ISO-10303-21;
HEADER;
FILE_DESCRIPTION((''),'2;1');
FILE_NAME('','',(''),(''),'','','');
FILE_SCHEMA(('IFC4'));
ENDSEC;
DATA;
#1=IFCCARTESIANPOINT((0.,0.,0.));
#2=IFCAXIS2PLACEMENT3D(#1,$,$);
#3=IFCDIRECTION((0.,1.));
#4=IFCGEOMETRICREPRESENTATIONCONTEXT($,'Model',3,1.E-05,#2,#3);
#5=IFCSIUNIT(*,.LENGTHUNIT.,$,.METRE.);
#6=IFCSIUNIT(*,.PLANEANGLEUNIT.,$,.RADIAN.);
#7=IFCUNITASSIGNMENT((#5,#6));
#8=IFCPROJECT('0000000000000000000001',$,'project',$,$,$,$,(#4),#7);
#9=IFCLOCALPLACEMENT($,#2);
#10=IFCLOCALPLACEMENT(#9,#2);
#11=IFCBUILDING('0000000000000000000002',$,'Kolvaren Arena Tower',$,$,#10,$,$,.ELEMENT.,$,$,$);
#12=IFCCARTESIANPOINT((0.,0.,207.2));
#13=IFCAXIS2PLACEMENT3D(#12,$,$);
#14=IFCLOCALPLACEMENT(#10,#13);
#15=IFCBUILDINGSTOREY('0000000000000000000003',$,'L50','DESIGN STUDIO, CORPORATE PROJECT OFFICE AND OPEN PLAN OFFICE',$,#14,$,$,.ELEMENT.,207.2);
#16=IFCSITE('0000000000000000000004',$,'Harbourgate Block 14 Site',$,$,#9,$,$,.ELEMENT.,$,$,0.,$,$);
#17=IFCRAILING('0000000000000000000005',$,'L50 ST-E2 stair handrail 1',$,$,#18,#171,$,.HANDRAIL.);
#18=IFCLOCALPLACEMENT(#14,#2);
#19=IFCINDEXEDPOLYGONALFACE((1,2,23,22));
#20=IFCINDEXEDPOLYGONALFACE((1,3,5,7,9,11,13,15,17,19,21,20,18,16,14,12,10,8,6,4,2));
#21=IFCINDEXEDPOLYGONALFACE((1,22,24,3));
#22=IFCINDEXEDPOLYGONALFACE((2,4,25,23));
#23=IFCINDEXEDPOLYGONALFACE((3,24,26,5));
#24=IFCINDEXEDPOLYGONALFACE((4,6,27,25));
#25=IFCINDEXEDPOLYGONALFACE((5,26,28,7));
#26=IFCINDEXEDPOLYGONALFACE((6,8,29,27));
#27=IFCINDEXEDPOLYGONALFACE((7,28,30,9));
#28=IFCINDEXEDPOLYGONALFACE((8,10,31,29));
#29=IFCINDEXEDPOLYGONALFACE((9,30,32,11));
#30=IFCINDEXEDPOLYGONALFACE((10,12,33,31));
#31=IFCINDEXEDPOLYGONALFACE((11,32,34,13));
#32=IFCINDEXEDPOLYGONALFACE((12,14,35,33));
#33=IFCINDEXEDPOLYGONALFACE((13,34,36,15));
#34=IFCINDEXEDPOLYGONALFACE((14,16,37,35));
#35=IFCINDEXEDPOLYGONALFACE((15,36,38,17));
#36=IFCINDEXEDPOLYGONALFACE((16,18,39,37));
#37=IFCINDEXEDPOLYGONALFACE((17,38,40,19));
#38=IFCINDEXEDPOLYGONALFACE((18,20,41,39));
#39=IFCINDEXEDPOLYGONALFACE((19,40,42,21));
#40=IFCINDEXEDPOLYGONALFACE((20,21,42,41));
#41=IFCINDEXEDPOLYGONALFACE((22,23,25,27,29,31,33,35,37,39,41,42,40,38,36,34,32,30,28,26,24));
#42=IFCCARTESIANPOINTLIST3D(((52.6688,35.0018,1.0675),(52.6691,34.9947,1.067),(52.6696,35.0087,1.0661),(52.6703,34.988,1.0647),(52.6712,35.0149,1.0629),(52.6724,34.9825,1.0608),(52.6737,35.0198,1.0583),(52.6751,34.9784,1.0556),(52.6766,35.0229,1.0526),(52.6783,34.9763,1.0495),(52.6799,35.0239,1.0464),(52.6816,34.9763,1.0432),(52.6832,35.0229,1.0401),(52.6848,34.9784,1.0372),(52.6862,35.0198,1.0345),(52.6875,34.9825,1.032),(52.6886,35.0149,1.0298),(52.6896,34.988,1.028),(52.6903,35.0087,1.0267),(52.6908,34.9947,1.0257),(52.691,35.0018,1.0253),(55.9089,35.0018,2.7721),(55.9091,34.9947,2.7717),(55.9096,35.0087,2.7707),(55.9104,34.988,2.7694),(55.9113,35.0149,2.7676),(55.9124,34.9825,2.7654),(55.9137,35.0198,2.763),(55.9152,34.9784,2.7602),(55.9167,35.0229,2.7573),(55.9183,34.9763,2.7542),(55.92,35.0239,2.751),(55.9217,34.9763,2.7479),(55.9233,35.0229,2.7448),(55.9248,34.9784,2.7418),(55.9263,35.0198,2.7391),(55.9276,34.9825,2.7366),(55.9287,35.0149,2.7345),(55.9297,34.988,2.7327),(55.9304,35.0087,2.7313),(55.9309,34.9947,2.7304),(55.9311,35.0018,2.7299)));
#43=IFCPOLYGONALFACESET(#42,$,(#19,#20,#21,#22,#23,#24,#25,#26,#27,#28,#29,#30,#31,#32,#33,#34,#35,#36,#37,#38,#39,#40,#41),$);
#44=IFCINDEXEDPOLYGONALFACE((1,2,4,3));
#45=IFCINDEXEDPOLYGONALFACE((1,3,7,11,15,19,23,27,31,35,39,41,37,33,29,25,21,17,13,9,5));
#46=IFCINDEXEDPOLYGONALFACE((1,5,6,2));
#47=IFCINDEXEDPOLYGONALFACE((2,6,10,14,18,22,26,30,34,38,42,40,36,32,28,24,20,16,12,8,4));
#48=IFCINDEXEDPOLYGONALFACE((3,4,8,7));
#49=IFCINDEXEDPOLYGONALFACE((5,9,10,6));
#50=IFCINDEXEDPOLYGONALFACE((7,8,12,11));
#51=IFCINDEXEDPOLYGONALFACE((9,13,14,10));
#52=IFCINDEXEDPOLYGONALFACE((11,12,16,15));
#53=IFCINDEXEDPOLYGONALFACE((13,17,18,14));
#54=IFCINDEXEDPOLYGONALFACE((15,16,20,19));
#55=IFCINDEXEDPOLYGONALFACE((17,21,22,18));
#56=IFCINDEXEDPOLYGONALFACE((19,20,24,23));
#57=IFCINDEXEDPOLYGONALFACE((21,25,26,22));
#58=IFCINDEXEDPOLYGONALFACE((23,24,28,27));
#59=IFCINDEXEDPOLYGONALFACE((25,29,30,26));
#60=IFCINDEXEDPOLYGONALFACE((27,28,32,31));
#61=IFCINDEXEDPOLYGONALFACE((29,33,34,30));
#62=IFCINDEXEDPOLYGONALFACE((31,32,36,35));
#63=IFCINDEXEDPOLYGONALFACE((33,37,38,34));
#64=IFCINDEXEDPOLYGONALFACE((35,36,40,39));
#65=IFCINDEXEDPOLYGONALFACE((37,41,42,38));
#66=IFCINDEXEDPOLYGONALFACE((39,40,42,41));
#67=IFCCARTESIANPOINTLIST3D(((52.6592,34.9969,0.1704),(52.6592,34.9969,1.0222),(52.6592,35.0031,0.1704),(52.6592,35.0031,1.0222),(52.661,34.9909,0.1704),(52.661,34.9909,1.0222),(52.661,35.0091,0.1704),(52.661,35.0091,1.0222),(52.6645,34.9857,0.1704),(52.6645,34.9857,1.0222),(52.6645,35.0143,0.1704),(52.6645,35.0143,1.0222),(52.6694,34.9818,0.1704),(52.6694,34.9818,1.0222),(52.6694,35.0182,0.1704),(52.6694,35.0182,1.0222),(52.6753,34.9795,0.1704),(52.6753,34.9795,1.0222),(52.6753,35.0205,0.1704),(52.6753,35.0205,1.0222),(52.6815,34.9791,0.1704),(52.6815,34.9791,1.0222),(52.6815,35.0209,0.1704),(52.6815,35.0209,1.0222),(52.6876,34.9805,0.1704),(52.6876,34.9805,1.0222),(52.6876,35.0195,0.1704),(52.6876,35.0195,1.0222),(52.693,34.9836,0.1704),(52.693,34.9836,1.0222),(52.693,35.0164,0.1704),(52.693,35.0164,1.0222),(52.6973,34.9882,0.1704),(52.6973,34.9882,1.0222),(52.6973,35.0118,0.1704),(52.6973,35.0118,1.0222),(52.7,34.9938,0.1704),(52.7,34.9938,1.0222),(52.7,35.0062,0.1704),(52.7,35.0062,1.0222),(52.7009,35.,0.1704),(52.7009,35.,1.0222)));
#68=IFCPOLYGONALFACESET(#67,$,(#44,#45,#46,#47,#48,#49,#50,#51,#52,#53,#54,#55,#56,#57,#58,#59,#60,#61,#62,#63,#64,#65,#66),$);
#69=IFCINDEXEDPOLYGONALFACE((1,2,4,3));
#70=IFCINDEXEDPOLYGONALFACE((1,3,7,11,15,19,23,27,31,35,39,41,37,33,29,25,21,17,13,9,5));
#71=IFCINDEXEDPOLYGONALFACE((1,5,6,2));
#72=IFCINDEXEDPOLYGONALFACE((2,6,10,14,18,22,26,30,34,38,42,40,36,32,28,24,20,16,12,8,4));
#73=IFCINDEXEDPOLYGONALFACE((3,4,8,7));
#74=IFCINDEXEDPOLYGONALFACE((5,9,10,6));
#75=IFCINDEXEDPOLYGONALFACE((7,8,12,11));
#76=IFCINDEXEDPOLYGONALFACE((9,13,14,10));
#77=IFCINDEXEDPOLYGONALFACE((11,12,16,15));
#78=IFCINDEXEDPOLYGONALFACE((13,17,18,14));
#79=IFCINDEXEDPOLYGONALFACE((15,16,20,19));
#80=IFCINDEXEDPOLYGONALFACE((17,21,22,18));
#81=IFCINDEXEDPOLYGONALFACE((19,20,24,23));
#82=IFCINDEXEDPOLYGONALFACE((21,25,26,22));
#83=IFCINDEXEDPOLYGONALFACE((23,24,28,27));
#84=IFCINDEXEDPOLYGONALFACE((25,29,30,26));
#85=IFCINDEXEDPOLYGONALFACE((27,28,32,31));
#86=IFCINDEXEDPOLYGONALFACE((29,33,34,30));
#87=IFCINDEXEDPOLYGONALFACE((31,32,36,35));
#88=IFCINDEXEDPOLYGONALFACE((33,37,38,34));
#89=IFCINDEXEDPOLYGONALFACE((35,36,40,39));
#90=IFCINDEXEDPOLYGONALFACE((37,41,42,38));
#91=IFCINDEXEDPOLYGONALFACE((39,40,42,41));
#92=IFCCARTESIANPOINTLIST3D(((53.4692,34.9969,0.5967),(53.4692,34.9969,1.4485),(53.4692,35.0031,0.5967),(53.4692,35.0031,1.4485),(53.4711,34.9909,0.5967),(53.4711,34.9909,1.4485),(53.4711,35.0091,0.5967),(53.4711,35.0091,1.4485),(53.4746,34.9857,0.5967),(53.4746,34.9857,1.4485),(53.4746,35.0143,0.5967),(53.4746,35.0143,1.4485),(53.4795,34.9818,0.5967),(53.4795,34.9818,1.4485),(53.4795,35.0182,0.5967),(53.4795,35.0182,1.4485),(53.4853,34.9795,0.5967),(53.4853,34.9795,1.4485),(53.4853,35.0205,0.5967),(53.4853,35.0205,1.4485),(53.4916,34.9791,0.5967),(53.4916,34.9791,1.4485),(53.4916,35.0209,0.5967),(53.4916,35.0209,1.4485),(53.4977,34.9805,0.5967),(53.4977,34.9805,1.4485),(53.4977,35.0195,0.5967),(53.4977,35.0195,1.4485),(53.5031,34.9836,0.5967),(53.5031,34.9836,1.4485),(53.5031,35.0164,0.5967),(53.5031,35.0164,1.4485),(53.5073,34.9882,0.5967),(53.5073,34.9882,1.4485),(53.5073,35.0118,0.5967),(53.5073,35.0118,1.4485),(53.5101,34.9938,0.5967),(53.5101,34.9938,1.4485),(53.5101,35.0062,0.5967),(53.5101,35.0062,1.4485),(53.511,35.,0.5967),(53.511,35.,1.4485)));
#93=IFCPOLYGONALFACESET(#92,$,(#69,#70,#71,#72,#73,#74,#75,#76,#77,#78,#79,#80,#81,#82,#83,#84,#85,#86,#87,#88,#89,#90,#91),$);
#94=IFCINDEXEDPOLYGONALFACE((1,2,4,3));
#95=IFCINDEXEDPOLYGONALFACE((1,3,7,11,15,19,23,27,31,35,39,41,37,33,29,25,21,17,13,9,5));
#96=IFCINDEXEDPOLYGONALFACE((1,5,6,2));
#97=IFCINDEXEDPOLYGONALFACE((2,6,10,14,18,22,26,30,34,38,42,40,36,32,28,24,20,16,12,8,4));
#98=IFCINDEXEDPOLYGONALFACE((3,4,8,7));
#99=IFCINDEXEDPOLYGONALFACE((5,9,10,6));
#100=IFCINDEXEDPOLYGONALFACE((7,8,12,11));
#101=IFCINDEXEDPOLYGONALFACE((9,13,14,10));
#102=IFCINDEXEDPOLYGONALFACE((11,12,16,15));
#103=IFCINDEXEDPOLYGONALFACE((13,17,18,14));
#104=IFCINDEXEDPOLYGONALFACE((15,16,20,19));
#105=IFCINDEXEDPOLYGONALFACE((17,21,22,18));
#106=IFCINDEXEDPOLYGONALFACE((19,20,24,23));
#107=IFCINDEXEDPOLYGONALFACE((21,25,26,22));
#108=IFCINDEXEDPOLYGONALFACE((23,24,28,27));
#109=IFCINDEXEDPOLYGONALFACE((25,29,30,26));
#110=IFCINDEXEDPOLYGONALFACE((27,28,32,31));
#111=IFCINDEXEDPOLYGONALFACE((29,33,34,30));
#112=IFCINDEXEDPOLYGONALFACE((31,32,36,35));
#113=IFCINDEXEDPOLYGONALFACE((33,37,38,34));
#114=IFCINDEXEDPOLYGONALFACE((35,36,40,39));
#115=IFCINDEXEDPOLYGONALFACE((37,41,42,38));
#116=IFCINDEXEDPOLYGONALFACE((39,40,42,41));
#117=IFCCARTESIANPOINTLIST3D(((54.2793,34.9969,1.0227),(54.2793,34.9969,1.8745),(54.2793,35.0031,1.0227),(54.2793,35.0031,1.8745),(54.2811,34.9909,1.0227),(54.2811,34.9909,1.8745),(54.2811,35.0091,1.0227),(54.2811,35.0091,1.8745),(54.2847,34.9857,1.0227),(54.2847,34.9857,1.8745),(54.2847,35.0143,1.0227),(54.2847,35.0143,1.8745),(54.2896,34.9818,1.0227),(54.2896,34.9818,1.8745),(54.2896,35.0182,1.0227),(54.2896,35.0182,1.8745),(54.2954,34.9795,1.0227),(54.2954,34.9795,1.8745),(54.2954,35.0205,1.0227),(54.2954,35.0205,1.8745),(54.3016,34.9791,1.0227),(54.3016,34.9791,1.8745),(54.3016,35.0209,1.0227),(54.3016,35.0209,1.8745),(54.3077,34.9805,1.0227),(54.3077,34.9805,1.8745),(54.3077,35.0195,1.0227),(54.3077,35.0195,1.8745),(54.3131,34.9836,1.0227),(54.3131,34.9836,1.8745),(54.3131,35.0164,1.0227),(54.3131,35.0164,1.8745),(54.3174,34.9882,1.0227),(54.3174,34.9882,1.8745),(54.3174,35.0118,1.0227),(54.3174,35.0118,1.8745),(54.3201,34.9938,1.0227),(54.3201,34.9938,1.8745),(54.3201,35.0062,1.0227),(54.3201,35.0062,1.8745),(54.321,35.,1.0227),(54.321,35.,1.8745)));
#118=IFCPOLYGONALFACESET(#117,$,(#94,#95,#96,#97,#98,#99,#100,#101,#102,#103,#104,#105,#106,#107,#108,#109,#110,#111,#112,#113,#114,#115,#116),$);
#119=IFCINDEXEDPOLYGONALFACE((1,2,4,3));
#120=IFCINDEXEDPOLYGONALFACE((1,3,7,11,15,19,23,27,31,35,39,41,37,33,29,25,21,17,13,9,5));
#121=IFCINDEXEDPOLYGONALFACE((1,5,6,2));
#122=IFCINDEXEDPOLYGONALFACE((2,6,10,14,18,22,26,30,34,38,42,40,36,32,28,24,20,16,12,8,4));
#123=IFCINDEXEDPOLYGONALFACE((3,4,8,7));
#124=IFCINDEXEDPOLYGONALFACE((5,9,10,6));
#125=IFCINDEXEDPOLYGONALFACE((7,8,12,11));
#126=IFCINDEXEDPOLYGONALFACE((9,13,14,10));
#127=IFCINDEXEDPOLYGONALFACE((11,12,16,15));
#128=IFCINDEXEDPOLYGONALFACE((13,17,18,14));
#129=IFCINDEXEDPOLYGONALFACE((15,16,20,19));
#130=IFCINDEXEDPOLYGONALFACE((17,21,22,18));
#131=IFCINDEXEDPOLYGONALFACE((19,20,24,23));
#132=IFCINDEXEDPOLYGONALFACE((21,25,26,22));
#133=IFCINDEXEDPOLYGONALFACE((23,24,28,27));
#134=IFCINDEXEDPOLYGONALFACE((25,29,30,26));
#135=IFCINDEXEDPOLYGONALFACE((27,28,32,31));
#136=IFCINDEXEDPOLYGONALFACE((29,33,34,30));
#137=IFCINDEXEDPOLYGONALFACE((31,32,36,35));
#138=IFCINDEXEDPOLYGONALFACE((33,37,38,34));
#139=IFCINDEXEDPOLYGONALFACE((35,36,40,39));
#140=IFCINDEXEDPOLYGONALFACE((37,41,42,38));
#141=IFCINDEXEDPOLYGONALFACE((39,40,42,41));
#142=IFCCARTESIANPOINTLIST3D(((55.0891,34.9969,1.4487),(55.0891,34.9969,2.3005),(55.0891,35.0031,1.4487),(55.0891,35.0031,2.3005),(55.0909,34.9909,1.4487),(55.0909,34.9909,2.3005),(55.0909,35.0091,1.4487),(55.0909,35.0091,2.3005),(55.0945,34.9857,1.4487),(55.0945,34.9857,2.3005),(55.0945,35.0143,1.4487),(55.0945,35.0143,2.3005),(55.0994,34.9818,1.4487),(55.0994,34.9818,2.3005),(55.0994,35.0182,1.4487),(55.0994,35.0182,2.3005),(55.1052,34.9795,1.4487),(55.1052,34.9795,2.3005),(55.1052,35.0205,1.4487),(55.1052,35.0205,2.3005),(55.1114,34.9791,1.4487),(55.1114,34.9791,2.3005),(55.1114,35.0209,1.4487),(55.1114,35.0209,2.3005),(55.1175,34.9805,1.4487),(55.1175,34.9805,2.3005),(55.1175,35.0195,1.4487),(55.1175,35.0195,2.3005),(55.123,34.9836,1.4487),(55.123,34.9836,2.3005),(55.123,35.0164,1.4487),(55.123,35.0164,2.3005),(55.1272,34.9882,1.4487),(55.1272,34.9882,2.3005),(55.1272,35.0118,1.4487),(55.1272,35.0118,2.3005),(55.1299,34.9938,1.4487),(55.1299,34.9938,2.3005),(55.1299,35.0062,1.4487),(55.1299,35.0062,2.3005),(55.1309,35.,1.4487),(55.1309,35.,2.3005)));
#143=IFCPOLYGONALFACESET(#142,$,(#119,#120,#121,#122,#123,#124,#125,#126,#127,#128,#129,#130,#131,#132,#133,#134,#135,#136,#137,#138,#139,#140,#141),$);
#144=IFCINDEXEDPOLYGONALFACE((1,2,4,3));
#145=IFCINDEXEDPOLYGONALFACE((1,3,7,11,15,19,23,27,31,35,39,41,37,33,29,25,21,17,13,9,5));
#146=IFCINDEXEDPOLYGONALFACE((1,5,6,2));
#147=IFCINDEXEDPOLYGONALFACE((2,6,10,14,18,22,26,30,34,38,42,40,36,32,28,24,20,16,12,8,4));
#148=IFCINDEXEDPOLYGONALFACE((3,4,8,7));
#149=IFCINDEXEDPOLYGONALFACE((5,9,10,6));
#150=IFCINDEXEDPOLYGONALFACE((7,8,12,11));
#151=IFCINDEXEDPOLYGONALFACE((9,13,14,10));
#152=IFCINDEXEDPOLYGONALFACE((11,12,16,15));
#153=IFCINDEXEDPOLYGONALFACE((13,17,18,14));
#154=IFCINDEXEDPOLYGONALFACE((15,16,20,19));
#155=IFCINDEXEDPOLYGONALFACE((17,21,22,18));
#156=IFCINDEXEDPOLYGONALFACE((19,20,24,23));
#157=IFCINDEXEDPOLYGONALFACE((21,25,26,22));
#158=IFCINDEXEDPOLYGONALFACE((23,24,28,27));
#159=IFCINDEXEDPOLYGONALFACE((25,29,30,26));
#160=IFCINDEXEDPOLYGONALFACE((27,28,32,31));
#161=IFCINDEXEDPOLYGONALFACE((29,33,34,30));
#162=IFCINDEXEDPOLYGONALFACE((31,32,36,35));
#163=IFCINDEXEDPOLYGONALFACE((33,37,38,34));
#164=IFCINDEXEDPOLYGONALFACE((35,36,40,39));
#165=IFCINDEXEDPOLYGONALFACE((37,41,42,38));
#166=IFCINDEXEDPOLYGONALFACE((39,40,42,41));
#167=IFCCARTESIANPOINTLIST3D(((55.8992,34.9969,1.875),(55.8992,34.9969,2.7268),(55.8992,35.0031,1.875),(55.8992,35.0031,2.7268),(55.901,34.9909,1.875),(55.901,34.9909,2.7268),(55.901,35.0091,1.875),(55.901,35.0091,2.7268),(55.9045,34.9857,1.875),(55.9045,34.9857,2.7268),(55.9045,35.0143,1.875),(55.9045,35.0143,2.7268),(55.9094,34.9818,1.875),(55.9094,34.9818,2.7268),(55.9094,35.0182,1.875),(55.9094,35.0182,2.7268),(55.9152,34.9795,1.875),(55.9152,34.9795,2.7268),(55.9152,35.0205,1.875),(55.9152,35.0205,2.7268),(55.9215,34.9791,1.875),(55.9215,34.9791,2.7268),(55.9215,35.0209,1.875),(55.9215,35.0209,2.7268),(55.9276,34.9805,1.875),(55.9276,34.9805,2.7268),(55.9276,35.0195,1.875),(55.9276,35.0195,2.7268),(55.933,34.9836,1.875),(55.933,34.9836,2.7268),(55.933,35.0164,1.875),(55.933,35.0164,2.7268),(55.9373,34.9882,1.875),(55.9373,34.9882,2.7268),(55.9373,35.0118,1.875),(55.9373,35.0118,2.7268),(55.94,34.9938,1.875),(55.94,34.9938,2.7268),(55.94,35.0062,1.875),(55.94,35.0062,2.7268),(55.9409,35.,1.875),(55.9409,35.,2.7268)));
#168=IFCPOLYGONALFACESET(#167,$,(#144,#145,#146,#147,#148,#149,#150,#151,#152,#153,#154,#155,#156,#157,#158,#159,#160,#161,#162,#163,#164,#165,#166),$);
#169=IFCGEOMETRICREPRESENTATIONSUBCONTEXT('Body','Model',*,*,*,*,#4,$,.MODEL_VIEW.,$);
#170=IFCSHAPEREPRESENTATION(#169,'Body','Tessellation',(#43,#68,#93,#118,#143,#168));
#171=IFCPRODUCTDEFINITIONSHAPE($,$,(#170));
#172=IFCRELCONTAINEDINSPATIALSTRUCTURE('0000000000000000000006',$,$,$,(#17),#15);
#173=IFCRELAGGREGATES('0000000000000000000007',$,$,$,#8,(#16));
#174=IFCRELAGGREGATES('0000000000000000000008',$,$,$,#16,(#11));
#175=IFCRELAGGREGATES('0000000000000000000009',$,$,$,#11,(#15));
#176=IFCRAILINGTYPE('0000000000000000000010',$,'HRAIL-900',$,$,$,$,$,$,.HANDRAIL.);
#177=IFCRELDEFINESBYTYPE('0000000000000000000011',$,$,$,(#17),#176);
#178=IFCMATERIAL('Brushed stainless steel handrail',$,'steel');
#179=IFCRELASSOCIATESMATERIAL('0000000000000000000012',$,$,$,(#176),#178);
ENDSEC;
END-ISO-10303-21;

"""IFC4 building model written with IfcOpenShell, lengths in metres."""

from ifc_helpers import new_model, si_unit, direction, frame, origin, origin_2d, place, context, subcontext, project, spatial, circle, extrude, material, type_object, element, save


model = new_model("IFC4")

# Units and contexts
model_context = context("Model", 3, precision=1e-05, world=origin(), true_north=direction((0.0, 1.0)))
body_context = subcontext(model_context, "Body", "Model", "MODEL_VIEW")
ifc_project = project(units=[si_unit("LENGTHUNIT", "METRE"), si_unit("PLANEANGLEUNIT", "RADIAN")], contexts=[model_context])

# Site, building, storey
site_placement = place(None, origin())
site = spatial("IfcSite", under=ifc_project, at=site_placement, Name="Harbourgate Block 14 Site", CompositionType="ELEMENT", RefElevation=0.0)
building_placement = place(site_placement, origin())
building = spatial("IfcBuilding", under=site, at=building_placement, Name="Kolvaren Arena Tower", CompositionType="ELEMENT")
storey_placement = place(building_placement, frame((0.0, 0.0, 207.2)))
storey = spatial("IfcBuildingStorey", under=building, at=storey_placement, Name="L50", Description="DESIGN STUDIO, CORPORATE PROJECT OFFICE AND OPEN PLAN OFFICE", CompositionType="ELEMENT", Elevation=207.2)

# Railing
ifc_material_1 = material(Name="Brushed stainless steel handrail", Category="steel")
railing_type_1 = type_object("IfcRailingType", Name="HRAIL-900", PredefinedType="HANDRAIL", material=ifc_material_1)
railing_1_placement = place(storey_placement, frame((52.6799, 35.0, 0.1704)))
element("IfcRailing", 1, at=railing_1_placement, inside=storey, type_object=railing_type_1, Name="L50 ST-E2 stair handrail 1", PredefinedType="HANDRAIL", context=body_context, shape_type="SweptSolid", body=[
    extrude(circle(Radius=0.0239, at=origin_2d()), frame((0.0, 0.0, 0.876), z_axis=(0.884993, 0.0, 0.465604), x_axis=(0.0, 1.0, 0.0)), (0.0, 0.0, 1.0), 3.6611),
    extrude(circle(Radius=0.021, at=origin_2d()), origin(), (0.0, 0.0, 1.0), 0.8518),
    extrude(circle(Radius=0.021, at=origin_2d()), frame((0.8101, 0.0, 0.4263)), (0.0, 0.0, 1.0), 0.8518),
    extrude(circle(Radius=0.021, at=origin_2d()), frame((1.6201, 0.0, 0.8523)), (0.0, 0.0, 1.0), 0.8518),
    extrude(circle(Radius=0.021, at=origin_2d()), frame((2.4299, 0.0, 1.2783)), (0.0, 0.0, 1.0), 0.8518),
    extrude(circle(Radius=0.021, at=origin_2d()), frame((3.24, 0.0, 1.7046)), (0.0, 0.0, 1.0), 0.8518),
])

save(model, "model.ifc")
